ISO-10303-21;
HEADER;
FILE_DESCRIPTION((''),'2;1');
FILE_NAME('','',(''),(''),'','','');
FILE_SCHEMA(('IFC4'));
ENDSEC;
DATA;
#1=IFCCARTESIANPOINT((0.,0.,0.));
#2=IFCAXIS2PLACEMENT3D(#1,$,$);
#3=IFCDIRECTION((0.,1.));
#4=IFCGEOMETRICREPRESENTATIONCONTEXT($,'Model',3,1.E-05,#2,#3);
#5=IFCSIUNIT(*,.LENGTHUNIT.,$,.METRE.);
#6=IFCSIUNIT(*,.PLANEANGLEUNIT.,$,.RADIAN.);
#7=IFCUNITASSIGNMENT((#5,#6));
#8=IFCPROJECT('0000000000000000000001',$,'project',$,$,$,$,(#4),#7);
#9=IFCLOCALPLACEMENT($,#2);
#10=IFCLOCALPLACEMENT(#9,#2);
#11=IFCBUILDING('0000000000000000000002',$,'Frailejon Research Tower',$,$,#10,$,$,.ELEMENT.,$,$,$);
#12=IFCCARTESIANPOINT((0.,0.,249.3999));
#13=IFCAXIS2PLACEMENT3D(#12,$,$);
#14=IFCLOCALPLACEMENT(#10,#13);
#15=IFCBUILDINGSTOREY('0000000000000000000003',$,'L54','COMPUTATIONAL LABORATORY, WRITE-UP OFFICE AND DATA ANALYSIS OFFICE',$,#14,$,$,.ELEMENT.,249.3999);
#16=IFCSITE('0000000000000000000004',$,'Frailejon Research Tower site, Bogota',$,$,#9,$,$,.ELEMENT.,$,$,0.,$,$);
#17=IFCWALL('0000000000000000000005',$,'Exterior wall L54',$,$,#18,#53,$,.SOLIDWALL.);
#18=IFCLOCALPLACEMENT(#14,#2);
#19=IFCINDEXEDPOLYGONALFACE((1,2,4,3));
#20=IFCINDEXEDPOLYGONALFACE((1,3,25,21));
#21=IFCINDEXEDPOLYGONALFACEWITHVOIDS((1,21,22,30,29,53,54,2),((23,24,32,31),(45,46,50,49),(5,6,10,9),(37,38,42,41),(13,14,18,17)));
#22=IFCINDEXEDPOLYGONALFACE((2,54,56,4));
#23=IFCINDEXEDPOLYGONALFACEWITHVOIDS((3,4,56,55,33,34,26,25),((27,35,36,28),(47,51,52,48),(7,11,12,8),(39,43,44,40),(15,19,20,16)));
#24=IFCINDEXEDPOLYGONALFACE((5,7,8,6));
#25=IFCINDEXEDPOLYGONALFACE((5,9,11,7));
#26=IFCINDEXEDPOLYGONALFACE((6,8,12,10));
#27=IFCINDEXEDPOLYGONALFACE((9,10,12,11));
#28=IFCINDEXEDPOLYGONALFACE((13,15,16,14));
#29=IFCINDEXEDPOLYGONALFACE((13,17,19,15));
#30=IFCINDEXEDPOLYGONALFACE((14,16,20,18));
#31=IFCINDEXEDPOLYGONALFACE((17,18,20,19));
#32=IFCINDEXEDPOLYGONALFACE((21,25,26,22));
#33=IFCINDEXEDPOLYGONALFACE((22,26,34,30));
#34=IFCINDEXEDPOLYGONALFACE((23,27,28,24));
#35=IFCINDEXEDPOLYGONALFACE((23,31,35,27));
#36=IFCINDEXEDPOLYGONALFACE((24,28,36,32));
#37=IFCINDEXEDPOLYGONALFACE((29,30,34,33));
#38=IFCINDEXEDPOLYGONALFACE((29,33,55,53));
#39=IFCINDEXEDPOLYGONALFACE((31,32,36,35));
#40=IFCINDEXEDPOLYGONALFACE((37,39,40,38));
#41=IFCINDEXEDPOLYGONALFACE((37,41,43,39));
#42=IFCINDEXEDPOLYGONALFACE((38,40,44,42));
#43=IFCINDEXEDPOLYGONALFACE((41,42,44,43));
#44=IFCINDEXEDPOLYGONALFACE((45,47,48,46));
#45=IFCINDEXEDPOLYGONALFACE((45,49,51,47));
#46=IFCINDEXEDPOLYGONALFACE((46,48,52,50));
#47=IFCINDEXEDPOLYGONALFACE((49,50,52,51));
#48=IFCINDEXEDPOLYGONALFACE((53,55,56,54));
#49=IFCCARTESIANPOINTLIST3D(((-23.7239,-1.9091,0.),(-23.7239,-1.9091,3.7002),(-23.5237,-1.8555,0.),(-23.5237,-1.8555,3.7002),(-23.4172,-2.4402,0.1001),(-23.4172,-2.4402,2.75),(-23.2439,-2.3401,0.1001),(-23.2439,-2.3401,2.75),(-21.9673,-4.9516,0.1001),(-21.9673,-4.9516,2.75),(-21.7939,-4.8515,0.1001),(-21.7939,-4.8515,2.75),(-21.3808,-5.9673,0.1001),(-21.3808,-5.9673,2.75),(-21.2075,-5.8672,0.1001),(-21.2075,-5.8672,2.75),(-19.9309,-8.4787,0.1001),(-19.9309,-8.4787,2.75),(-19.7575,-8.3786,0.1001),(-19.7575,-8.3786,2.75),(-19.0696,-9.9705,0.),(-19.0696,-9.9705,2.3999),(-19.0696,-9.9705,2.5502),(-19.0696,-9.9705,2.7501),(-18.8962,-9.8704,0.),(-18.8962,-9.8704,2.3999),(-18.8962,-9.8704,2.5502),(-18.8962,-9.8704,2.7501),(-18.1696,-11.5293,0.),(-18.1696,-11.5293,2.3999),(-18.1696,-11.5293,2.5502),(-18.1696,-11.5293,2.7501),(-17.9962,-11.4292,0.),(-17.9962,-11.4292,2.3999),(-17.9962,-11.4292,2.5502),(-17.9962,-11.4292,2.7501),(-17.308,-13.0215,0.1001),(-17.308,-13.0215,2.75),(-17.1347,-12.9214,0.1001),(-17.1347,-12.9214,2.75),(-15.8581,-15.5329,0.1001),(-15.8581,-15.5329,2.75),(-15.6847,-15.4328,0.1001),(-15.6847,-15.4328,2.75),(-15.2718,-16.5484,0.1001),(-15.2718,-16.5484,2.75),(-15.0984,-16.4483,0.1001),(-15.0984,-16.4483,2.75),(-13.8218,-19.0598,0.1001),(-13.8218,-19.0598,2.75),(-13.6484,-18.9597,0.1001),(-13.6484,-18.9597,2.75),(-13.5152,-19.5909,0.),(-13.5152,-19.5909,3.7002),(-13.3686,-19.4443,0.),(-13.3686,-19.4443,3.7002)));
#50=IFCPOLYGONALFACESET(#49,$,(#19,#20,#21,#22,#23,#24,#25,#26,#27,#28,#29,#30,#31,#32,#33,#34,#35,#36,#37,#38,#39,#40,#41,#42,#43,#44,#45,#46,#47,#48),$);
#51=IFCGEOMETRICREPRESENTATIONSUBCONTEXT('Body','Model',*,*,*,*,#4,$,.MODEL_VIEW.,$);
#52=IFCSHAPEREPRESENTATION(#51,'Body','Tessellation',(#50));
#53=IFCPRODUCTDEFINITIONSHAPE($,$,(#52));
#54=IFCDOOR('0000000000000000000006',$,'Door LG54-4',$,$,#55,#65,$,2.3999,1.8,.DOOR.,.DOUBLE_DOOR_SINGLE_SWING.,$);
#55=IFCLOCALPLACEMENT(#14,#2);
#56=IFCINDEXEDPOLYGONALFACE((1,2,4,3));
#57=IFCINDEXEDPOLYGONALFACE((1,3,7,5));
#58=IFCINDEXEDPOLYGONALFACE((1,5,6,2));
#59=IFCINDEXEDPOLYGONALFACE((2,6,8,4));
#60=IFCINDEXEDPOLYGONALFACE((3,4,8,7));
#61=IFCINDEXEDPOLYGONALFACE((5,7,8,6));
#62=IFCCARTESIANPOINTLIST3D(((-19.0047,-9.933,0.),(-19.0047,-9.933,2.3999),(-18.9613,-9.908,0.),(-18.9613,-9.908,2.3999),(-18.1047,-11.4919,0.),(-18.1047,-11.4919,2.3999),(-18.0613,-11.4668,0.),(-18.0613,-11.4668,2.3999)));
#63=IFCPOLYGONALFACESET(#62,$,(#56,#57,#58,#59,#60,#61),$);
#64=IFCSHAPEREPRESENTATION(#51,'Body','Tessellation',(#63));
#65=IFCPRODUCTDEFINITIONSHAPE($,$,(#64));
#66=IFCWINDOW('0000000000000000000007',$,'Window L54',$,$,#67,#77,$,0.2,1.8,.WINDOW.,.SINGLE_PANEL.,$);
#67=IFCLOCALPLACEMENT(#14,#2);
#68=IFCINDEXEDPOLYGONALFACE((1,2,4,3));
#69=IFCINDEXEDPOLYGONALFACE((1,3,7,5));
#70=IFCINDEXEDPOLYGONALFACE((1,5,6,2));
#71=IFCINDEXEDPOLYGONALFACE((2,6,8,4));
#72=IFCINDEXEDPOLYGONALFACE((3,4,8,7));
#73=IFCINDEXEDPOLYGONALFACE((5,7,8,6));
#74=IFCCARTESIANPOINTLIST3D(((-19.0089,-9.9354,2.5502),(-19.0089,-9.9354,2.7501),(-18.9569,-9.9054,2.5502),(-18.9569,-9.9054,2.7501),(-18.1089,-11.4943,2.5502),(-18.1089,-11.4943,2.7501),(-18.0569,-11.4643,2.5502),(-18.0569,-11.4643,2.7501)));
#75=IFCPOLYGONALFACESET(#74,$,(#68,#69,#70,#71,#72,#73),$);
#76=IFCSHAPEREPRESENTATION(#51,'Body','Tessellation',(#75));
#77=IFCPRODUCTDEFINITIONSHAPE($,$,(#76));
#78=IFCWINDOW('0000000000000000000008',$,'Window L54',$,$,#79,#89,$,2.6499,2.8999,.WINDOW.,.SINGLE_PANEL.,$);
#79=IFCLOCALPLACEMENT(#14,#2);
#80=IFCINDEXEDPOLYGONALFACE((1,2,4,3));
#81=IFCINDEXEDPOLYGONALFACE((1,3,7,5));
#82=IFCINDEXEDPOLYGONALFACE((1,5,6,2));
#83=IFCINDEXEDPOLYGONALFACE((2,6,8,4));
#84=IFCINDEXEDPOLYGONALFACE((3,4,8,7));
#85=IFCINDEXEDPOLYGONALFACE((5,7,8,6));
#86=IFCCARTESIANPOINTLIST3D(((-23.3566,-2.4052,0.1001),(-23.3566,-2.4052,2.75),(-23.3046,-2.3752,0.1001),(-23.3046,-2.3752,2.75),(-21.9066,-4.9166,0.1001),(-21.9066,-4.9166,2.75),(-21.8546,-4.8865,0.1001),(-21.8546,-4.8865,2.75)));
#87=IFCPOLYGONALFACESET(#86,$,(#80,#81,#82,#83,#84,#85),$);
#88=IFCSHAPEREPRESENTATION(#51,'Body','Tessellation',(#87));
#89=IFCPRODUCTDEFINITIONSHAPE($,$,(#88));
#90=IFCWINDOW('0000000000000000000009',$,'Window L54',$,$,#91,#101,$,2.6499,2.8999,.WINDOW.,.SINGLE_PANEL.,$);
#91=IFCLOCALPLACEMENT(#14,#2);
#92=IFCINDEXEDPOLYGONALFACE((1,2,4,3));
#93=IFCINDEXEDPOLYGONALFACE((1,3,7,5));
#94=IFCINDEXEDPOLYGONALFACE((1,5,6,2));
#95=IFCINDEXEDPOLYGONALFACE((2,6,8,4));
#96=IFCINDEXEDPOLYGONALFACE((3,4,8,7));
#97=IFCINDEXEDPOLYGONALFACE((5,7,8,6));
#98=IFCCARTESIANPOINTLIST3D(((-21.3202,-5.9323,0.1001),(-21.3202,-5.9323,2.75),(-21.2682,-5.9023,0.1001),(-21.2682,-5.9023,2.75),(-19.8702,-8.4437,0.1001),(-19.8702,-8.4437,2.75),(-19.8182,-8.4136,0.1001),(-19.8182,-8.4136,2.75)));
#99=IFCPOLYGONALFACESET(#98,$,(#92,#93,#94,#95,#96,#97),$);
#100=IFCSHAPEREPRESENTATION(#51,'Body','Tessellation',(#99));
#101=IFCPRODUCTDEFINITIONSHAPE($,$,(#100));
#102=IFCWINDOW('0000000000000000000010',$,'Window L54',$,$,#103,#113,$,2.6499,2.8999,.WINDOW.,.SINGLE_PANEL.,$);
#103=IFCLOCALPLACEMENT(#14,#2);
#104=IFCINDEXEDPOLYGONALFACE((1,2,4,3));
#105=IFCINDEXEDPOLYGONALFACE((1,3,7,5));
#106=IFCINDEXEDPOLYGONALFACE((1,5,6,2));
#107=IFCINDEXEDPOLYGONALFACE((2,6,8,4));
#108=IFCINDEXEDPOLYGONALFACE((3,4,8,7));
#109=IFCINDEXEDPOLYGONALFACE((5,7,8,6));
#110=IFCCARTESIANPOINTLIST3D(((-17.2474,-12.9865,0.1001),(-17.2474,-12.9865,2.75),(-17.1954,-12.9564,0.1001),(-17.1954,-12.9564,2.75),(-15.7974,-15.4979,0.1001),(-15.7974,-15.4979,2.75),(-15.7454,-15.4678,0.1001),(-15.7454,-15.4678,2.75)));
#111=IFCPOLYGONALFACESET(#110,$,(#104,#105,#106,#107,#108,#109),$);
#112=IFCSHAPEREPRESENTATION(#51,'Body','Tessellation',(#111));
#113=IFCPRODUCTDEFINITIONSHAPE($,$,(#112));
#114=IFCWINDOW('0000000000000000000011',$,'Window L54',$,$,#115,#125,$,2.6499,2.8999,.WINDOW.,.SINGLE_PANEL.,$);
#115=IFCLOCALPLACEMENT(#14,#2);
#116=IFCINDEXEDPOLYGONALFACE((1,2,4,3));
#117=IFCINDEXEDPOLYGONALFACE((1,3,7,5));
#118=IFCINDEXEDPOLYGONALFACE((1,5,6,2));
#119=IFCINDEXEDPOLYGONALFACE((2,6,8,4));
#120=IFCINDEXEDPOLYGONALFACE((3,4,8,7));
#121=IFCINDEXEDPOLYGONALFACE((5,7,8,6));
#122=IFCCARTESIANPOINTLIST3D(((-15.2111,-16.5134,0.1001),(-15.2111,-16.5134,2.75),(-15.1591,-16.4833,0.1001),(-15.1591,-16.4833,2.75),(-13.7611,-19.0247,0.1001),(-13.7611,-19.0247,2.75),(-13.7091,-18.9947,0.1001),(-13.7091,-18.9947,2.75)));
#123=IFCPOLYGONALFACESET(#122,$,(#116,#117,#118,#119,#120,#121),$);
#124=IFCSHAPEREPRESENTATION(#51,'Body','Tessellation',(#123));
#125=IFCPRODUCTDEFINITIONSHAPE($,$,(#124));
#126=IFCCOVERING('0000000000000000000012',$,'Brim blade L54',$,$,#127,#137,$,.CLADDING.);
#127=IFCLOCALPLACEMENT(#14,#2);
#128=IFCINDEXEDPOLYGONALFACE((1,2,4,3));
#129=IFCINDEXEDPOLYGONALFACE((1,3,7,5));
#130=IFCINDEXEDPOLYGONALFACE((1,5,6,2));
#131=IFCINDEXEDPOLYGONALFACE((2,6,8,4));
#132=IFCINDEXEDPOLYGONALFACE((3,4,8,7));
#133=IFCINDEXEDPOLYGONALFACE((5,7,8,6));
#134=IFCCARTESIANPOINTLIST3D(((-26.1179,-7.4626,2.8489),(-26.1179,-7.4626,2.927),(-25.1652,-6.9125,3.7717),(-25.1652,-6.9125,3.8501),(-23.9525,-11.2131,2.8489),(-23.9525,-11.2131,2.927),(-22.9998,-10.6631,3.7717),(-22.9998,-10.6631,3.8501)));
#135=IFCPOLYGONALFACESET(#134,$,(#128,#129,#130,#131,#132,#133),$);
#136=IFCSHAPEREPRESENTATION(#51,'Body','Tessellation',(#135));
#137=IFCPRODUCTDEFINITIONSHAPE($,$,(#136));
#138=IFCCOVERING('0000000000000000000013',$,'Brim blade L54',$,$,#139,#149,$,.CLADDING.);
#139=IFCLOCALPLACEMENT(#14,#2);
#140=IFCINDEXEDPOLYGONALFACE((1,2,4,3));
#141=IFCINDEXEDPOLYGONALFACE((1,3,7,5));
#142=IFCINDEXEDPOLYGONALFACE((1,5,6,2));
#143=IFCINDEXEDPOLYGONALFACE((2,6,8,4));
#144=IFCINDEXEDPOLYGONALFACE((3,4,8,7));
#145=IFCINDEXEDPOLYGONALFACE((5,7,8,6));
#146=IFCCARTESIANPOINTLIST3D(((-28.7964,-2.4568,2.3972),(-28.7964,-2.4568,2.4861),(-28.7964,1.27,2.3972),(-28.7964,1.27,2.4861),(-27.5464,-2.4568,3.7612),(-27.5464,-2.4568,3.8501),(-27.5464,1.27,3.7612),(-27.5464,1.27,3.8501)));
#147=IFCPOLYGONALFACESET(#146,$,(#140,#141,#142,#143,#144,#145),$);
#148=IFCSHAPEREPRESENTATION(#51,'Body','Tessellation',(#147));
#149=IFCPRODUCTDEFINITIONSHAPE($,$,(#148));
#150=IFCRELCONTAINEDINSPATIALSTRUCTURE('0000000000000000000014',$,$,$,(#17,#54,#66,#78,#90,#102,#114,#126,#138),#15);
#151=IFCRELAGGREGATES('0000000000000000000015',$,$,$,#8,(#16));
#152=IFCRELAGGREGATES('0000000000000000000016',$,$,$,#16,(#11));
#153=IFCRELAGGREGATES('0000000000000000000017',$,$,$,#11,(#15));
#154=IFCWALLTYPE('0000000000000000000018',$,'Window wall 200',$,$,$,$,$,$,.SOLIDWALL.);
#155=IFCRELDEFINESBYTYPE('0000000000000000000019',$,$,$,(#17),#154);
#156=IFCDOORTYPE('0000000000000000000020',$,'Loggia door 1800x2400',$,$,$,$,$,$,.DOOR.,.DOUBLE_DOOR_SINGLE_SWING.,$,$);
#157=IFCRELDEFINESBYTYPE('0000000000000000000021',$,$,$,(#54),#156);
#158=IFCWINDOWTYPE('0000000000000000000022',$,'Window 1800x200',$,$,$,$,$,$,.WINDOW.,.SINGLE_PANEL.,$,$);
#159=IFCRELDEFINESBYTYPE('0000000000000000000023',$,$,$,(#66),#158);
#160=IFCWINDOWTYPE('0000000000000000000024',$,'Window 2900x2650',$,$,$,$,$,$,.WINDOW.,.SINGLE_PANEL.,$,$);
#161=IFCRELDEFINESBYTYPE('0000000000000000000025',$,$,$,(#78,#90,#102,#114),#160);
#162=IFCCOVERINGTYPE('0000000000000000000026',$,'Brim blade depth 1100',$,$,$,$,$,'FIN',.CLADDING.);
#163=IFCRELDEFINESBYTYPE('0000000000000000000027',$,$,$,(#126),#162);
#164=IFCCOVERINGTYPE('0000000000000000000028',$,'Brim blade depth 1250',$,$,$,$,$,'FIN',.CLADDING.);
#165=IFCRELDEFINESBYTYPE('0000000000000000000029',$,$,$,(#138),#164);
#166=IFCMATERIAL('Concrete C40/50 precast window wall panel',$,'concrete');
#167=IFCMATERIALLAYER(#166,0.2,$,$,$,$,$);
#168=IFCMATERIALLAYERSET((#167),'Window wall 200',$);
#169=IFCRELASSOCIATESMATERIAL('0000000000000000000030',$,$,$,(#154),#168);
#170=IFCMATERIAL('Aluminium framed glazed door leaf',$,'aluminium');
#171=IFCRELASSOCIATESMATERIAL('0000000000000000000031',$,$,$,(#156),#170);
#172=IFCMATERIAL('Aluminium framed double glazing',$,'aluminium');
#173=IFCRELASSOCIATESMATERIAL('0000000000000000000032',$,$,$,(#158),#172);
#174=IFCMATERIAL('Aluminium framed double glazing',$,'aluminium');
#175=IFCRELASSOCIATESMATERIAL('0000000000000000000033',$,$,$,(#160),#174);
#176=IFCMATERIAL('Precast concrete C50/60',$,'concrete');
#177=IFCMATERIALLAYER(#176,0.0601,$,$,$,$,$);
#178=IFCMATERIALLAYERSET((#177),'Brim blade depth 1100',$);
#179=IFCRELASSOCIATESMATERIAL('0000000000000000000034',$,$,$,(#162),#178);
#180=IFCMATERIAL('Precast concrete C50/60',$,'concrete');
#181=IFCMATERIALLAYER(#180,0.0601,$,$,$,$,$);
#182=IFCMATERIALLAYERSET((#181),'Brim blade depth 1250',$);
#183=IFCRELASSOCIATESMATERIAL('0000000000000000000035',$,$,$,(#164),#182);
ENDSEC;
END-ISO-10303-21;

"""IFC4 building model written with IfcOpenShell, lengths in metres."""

from ifc_helpers import new_model, si_unit, direction, frame, frame_2d, origin, place, context, subcontext, project, spatial, polyline, rectangle, outline, extrude, material, layer, layer_set, type_object, element, fill, save


model = new_model("IFC4")

# Units and contexts
model_context = context("Model", 3, precision=1e-05, world=origin(), true_north=direction((0.0, 1.0)))
body_context = subcontext(model_context, "Body", "Model", "MODEL_VIEW")
ifc_project = project(units=[si_unit("LENGTHUNIT", "METRE"), si_unit("PLANEANGLEUNIT", "RADIAN")], contexts=[model_context])

# Site, building, storey
site_placement = place(None, origin())
site = spatial("IfcSite", under=ifc_project, at=site_placement, Name="Frailejon Research Tower site, Bogota", CompositionType="ELEMENT", RefElevation=0.0)
building_placement = place(site_placement, origin())
building = spatial("IfcBuilding", under=site, at=building_placement, Name="Frailejon Research Tower", CompositionType="ELEMENT")
storey_placement = place(building_placement, frame((0.0, 0.0, 249.3999)))
storey = spatial("IfcBuildingStorey", under=building, at=storey_placement, Name="L54", Description="COMPUTATIONAL LABORATORY, WRITE-UP OFFICE AND DATA ANALYSIS OFFICE", CompositionType="ELEMENT", Elevation=249.3999)

# Wall, openings, door, windows
ifc_material_1 = material(Name="Concrete C40/50 precast window wall panel", Category="concrete")
ifc_layer_1 = layer(ifc_material_1, 0.2)
ifc_layer_set_1 = layer_set([ifc_layer_1], Name="Window wall 200")
wall_type_1 = type_object("IfcWallType", Name="Window wall 200", PredefinedType="SOLIDWALL", material=ifc_layer_set_1)
wall_1_placement = place(storey_placement, frame((-23.6238, -1.8823, 0.0), z_axis=(0.0, 0.0, 1.0), x_axis=(0.500006, -0.866022, 0.0)))
wall_1 = element("IfcWall", 1, at=wall_1_placement, inside=storey, type_object=wall_type_1, Name="Exterior wall L54", PredefinedType="SOLIDWALL", context=body_context, shape_type="SweptSolid", body=[
    extrude(outline(polyline([(-0.0269, -0.1001), (0.9939, -0.1001), (2.0149, -0.1001), (3.0356, -0.1001), (4.0566, -0.1001), (5.0774, -0.1001), (6.0984, -0.1001), (7.1191, -0.1001), (8.1401, -0.1001), (9.1609, -0.1001), (10.1816, -0.1001), (11.2026, -0.1001), (12.2234, -0.1001), (13.2444, -0.1001), (14.2651, -0.1001), (15.2861, -0.1001), (16.3069, -0.1001), (17.3279, -0.1001), (18.3486, -0.1001), (19.3696, -0.1001), (20.3904, -0.1001), (20.3367, 0.1001), (19.3213, 0.1001), (18.3057, 0.1001), (17.2903, 0.1001), (16.2747, 0.1001), (15.2593, 0.1001), (14.2437, 0.1001), (13.2283, 0.1001), (12.2126, 0.1001), (11.1973, 0.1001), (10.1816, 0.1001), (9.1663, 0.1001), (8.1509, 0.1001), (7.1353, 0.1001), (6.1199, 0.1001), (5.1042, 0.1001), (4.0889, 0.1001), (3.0732, 0.1001), (2.0579, 0.1001), (1.0422, 0.1001), (0.0269, 0.1001), (-0.0269, -0.1001)])), origin(), (0.0, 0.0, 1.0), 3.7002),
])
opening_1_placement = place(wall_1_placement, frame((0.5864, 0.0, 0.1001)))
opening_1 = element("IfcOpeningElement", 2, at=opening_1_placement, cuts=wall_1, PredefinedType="OPENING", context=body_context, shape_type="SweptSolid", body=[
    extrude(rectangle(XDim=2.8999, YDim=2.6499, at=frame_2d((1.45, 1.325))), frame((0.0, 0.1099, 0.0), z_axis=(0.0, -1.0, 0.0), x_axis=(1.0, 0.0, 0.0)), (0.0, 0.0, 1.0), 0.22),
])
opening_2_placement = place(wall_1_placement, frame((4.6592, 0.0, 0.1001)))
opening_2 = element("IfcOpeningElement", 3, at=opening_2_placement, cuts=wall_1, PredefinedType="OPENING", context=body_context, shape_type="SweptSolid", body=[
    extrude(rectangle(XDim=2.8999, YDim=2.6499, at=frame_2d((1.45, 1.325))), frame((0.0, 0.1099, 0.0), z_axis=(0.0, -1.0, 0.0), x_axis=(1.0, 0.0, 0.0)), (0.0, 0.0, 1.0), 0.22),
])
opening_3_placement = place(wall_1_placement, frame((9.2817, 0.0, 0.0)))
opening_3 = element("IfcOpeningElement", 4, at=opening_3_placement, cuts=wall_1, PredefinedType="OPENING", context=body_context, shape_type="SweptSolid", body=[
    extrude(rectangle(XDim=1.8, YDim=2.3999, at=frame_2d((0.8999, 1.2))), frame((0.0, 0.1099, 0.0), z_axis=(0.0, -1.0, 0.0), x_axis=(1.0, 0.0, 0.0)), (0.0, 0.0, 1.0), 0.22),
])
opening_4_placement = place(wall_1_placement, frame((9.2817, 0.0, 2.55)))
opening_4 = element("IfcOpeningElement", 5, at=opening_4_placement, cuts=wall_1, PredefinedType="OPENING", context=body_context, shape_type="SweptSolid", body=[
    extrude(rectangle(XDim=1.8, YDim=0.2, at=frame_2d((0.8999, 0.1001))), frame((0.0, 0.1099, 0.0), z_axis=(0.0, -1.0, 0.0), x_axis=(1.0, 0.0, 0.0)), (0.0, 0.0, 1.0), 0.22),
])
opening_5_placement = place(wall_1_placement, frame((12.8047, 0.0, 0.1001)))
opening_5 = element("IfcOpeningElement", 6, at=opening_5_placement, cuts=wall_1, PredefinedType="OPENING", context=body_context, shape_type="SweptSolid", body=[
    extrude(rectangle(XDim=2.8999, YDim=2.6499, at=frame_2d((1.45, 1.325))), frame((0.0, 0.1099, 0.0), z_axis=(0.0, -1.0, 0.0), x_axis=(1.0, 0.0, 0.0)), (0.0, 0.0, 1.0), 0.22),
])
opening_6_placement = place(wall_1_placement, frame((16.8772, 0.0, 0.1001)))
opening_6 = element("IfcOpeningElement", 7, at=opening_6_placement, cuts=wall_1, PredefinedType="OPENING", context=body_context, shape_type="SweptSolid", body=[
    extrude(rectangle(XDim=2.8999, YDim=2.6499, at=frame_2d((1.45, 1.325))), frame((0.0, 0.1099, 0.0), z_axis=(0.0, -1.0, 0.0), x_axis=(1.0, 0.0, 0.0)), (0.0, 0.0, 1.0), 0.22),
])
ifc_material_2 = material(Name="Aluminium framed glazed door leaf", Category="aluminium")
door_type = type_object("IfcDoorType", Name="Loggia door 1800x2400", OperationType="DOUBLE_DOOR_SINGLE_SWING", PredefinedType="DOOR", material=ifc_material_2)
door_placement = place(opening_3_placement, origin())
door = element("IfcDoor", 8, at=door_placement, inside=storey, type_object=door_type, Name="Door LG54-4", OperationType="DOUBLE_DOOR_SINGLE_SWING", OverallHeight=2.3999, OverallWidth=1.8, PredefinedType="DOOR", context=body_context, shape_type="SweptSolid", body=[
    extrude(rectangle(XDim=1.8, YDim=2.3999, at=frame_2d((0.8999, 1.2))), frame((0.0, 0.0249, 0.0), z_axis=(0.0, -1.0, 0.0), x_axis=(1.0, 0.0, 0.0)), (0.0, 0.0, 1.0), 0.05),
])
fill(opening_3, door)
ifc_material_3 = material(Name="Aluminium framed double glazing", Category="aluminium")
window_type_1 = type_object("IfcWindowType", Name="Window 1800x200", PartitioningType="SINGLE_PANEL", PredefinedType="WINDOW", material=ifc_material_3)
window_1_placement = place(opening_4_placement, origin())
window_1 = element("IfcWindow", 9, at=window_1_placement, inside=storey, type_object=window_type_1, Name="Window L54", OverallHeight=0.2, OverallWidth=1.8, PartitioningType="SINGLE_PANEL", PredefinedType="WINDOW", context=body_context, shape_type="SweptSolid", body=[
    extrude(rectangle(XDim=1.8, YDim=0.2, at=frame_2d((0.8999, 0.1001))), frame((0.0, 0.03, 0.0), z_axis=(0.0, -1.0, 0.0), x_axis=(1.0, 0.0, 0.0)), (0.0, 0.0, 1.0), 0.0601),
])
fill(opening_4, window_1)
ifc_material_4 = material(Name="Aluminium framed double glazing", Category="aluminium")
window_type_2 = type_object("IfcWindowType", Name="Window 2900x2650", PartitioningType="SINGLE_PANEL", PredefinedType="WINDOW", material=ifc_material_4)
window_2_placement = place(opening_1_placement, origin())
window_2 = element("IfcWindow", 10, at=window_2_placement, inside=storey, type_object=window_type_2, Name="Window L54", OverallHeight=2.6499, OverallWidth=2.8999, PartitioningType="SINGLE_PANEL", PredefinedType="WINDOW", context=body_context, shape_type="SweptSolid", body=[
    extrude(rectangle(XDim=2.8999, YDim=2.6499, at=frame_2d((1.45, 1.325))), frame((0.0, 0.03, 0.0), z_axis=(0.0, -1.0, 0.0), x_axis=(1.0, 0.0, 0.0)), (0.0, 0.0, 1.0), 0.0601),
])
fill(opening_1, window_2)
window_3_placement = place(opening_2_placement, origin())
window_3 = element("IfcWindow", 11, at=window_3_placement, inside=storey, type_object=window_type_2, Name="Window L54", OverallHeight=2.6499, OverallWidth=2.8999, PartitioningType="SINGLE_PANEL", PredefinedType="WINDOW", context=body_context, shape_type="SweptSolid", body=[
    extrude(rectangle(XDim=2.8999, YDim=2.6499, at=frame_2d((1.45, 1.325))), frame((0.0, 0.03, 0.0), z_axis=(0.0, -1.0, 0.0), x_axis=(1.0, 0.0, 0.0)), (0.0, 0.0, 1.0), 0.0601),
])
fill(opening_2, window_3)
window_4_placement = place(opening_5_placement, origin())
window_4 = element("IfcWindow", 12, at=window_4_placement, inside=storey, type_object=window_type_2, Name="Window L54", OverallHeight=2.6499, OverallWidth=2.8999, PartitioningType="SINGLE_PANEL", PredefinedType="WINDOW", context=body_context, shape_type="SweptSolid", body=[
    extrude(rectangle(XDim=2.8999, YDim=2.6499, at=frame_2d((1.45, 1.325))), frame((0.0, 0.03, 0.0), z_axis=(0.0, -1.0, 0.0), x_axis=(1.0, 0.0, 0.0)), (0.0, 0.0, 1.0), 0.0601),
])
fill(opening_5, window_4)
window_5_placement = place(opening_6_placement, origin())
window_5 = element("IfcWindow", 13, at=window_5_placement, inside=storey, type_object=window_type_2, Name="Window L54", OverallHeight=2.6499, OverallWidth=2.8999, PartitioningType="SINGLE_PANEL", PredefinedType="WINDOW", context=body_context, shape_type="SweptSolid", body=[
    extrude(rectangle(XDim=2.8999, YDim=2.6499, at=frame_2d((1.45, 1.325))), frame((0.0, 0.03, 0.0), z_axis=(0.0, -1.0, 0.0), x_axis=(1.0, 0.0, 0.0)), (0.0, 0.0, 1.0), 0.0601),
])
fill(opening_6, window_5)

# Coverings
ifc_material_5 = material(Name="Precast concrete C50/60", Category="concrete")
ifc_layer_2 = layer(ifc_material_5, 0.0601)
ifc_layer_set_2 = layer_set([ifc_layer_2], Name="Brim blade depth 1100")
covering_type_1 = type_object("IfcCoveringType", Name="Brim blade depth 1100", ElementType="FIN", PredefinedType="CLADDING", material=ifc_layer_set_2)
covering_1_placement = place(storey_placement, frame((-22.9998, -10.6631, 3.8501), z_axis=(-0.500006, 0.866022, 0.0), x_axis=(-0.866022, -0.500006, 0.0)))
element("IfcCovering", 14, at=covering_1_placement, inside=storey, type_object=covering_type_1, Name="Brim blade L54", PredefinedType="CLADDING", context=body_context, shape_type="SweptSolid", body=[
    extrude(outline(polyline([(0.0, -0.0784), (1.1001, -1.0012), (1.1001, -0.9231), (0.0, 0.0), (0.0, -0.0784)])), origin(), (0.0, 0.0, 1.0), 4.3308),
])
ifc_material_6 = material(Name="Precast concrete C50/60", Category="concrete")
ifc_layer_3 = layer(ifc_material_6, 0.0601)
ifc_layer_set_3 = layer_set([ifc_layer_3], Name="Brim blade depth 1250")
covering_type_2 = type_object("IfcCoveringType", Name="Brim blade depth 1250", ElementType="FIN", PredefinedType="CLADDING", material=ifc_layer_set_3)
covering_2_placement = place(storey_placement, frame((-27.5464, -2.4568, 3.8501), z_axis=(0.0, 1.0, 0.0), x_axis=(-1.0, 0.0, 0.0)))
element("IfcCovering", 15, at=covering_2_placement, inside=storey, type_object=covering_type_2, Name="Brim blade L54", PredefinedType="CLADDING", context=body_context, shape_type="SweptSolid", body=[
    extrude(outline(polyline([(0.0, -0.0889), (1.25, -1.4529), (1.25, -1.364), (0.0, 0.0), (0.0, -0.0889)])), origin(), (0.0, 0.0, 1.0), 3.7268),
])

save(model, "model.ifc")
